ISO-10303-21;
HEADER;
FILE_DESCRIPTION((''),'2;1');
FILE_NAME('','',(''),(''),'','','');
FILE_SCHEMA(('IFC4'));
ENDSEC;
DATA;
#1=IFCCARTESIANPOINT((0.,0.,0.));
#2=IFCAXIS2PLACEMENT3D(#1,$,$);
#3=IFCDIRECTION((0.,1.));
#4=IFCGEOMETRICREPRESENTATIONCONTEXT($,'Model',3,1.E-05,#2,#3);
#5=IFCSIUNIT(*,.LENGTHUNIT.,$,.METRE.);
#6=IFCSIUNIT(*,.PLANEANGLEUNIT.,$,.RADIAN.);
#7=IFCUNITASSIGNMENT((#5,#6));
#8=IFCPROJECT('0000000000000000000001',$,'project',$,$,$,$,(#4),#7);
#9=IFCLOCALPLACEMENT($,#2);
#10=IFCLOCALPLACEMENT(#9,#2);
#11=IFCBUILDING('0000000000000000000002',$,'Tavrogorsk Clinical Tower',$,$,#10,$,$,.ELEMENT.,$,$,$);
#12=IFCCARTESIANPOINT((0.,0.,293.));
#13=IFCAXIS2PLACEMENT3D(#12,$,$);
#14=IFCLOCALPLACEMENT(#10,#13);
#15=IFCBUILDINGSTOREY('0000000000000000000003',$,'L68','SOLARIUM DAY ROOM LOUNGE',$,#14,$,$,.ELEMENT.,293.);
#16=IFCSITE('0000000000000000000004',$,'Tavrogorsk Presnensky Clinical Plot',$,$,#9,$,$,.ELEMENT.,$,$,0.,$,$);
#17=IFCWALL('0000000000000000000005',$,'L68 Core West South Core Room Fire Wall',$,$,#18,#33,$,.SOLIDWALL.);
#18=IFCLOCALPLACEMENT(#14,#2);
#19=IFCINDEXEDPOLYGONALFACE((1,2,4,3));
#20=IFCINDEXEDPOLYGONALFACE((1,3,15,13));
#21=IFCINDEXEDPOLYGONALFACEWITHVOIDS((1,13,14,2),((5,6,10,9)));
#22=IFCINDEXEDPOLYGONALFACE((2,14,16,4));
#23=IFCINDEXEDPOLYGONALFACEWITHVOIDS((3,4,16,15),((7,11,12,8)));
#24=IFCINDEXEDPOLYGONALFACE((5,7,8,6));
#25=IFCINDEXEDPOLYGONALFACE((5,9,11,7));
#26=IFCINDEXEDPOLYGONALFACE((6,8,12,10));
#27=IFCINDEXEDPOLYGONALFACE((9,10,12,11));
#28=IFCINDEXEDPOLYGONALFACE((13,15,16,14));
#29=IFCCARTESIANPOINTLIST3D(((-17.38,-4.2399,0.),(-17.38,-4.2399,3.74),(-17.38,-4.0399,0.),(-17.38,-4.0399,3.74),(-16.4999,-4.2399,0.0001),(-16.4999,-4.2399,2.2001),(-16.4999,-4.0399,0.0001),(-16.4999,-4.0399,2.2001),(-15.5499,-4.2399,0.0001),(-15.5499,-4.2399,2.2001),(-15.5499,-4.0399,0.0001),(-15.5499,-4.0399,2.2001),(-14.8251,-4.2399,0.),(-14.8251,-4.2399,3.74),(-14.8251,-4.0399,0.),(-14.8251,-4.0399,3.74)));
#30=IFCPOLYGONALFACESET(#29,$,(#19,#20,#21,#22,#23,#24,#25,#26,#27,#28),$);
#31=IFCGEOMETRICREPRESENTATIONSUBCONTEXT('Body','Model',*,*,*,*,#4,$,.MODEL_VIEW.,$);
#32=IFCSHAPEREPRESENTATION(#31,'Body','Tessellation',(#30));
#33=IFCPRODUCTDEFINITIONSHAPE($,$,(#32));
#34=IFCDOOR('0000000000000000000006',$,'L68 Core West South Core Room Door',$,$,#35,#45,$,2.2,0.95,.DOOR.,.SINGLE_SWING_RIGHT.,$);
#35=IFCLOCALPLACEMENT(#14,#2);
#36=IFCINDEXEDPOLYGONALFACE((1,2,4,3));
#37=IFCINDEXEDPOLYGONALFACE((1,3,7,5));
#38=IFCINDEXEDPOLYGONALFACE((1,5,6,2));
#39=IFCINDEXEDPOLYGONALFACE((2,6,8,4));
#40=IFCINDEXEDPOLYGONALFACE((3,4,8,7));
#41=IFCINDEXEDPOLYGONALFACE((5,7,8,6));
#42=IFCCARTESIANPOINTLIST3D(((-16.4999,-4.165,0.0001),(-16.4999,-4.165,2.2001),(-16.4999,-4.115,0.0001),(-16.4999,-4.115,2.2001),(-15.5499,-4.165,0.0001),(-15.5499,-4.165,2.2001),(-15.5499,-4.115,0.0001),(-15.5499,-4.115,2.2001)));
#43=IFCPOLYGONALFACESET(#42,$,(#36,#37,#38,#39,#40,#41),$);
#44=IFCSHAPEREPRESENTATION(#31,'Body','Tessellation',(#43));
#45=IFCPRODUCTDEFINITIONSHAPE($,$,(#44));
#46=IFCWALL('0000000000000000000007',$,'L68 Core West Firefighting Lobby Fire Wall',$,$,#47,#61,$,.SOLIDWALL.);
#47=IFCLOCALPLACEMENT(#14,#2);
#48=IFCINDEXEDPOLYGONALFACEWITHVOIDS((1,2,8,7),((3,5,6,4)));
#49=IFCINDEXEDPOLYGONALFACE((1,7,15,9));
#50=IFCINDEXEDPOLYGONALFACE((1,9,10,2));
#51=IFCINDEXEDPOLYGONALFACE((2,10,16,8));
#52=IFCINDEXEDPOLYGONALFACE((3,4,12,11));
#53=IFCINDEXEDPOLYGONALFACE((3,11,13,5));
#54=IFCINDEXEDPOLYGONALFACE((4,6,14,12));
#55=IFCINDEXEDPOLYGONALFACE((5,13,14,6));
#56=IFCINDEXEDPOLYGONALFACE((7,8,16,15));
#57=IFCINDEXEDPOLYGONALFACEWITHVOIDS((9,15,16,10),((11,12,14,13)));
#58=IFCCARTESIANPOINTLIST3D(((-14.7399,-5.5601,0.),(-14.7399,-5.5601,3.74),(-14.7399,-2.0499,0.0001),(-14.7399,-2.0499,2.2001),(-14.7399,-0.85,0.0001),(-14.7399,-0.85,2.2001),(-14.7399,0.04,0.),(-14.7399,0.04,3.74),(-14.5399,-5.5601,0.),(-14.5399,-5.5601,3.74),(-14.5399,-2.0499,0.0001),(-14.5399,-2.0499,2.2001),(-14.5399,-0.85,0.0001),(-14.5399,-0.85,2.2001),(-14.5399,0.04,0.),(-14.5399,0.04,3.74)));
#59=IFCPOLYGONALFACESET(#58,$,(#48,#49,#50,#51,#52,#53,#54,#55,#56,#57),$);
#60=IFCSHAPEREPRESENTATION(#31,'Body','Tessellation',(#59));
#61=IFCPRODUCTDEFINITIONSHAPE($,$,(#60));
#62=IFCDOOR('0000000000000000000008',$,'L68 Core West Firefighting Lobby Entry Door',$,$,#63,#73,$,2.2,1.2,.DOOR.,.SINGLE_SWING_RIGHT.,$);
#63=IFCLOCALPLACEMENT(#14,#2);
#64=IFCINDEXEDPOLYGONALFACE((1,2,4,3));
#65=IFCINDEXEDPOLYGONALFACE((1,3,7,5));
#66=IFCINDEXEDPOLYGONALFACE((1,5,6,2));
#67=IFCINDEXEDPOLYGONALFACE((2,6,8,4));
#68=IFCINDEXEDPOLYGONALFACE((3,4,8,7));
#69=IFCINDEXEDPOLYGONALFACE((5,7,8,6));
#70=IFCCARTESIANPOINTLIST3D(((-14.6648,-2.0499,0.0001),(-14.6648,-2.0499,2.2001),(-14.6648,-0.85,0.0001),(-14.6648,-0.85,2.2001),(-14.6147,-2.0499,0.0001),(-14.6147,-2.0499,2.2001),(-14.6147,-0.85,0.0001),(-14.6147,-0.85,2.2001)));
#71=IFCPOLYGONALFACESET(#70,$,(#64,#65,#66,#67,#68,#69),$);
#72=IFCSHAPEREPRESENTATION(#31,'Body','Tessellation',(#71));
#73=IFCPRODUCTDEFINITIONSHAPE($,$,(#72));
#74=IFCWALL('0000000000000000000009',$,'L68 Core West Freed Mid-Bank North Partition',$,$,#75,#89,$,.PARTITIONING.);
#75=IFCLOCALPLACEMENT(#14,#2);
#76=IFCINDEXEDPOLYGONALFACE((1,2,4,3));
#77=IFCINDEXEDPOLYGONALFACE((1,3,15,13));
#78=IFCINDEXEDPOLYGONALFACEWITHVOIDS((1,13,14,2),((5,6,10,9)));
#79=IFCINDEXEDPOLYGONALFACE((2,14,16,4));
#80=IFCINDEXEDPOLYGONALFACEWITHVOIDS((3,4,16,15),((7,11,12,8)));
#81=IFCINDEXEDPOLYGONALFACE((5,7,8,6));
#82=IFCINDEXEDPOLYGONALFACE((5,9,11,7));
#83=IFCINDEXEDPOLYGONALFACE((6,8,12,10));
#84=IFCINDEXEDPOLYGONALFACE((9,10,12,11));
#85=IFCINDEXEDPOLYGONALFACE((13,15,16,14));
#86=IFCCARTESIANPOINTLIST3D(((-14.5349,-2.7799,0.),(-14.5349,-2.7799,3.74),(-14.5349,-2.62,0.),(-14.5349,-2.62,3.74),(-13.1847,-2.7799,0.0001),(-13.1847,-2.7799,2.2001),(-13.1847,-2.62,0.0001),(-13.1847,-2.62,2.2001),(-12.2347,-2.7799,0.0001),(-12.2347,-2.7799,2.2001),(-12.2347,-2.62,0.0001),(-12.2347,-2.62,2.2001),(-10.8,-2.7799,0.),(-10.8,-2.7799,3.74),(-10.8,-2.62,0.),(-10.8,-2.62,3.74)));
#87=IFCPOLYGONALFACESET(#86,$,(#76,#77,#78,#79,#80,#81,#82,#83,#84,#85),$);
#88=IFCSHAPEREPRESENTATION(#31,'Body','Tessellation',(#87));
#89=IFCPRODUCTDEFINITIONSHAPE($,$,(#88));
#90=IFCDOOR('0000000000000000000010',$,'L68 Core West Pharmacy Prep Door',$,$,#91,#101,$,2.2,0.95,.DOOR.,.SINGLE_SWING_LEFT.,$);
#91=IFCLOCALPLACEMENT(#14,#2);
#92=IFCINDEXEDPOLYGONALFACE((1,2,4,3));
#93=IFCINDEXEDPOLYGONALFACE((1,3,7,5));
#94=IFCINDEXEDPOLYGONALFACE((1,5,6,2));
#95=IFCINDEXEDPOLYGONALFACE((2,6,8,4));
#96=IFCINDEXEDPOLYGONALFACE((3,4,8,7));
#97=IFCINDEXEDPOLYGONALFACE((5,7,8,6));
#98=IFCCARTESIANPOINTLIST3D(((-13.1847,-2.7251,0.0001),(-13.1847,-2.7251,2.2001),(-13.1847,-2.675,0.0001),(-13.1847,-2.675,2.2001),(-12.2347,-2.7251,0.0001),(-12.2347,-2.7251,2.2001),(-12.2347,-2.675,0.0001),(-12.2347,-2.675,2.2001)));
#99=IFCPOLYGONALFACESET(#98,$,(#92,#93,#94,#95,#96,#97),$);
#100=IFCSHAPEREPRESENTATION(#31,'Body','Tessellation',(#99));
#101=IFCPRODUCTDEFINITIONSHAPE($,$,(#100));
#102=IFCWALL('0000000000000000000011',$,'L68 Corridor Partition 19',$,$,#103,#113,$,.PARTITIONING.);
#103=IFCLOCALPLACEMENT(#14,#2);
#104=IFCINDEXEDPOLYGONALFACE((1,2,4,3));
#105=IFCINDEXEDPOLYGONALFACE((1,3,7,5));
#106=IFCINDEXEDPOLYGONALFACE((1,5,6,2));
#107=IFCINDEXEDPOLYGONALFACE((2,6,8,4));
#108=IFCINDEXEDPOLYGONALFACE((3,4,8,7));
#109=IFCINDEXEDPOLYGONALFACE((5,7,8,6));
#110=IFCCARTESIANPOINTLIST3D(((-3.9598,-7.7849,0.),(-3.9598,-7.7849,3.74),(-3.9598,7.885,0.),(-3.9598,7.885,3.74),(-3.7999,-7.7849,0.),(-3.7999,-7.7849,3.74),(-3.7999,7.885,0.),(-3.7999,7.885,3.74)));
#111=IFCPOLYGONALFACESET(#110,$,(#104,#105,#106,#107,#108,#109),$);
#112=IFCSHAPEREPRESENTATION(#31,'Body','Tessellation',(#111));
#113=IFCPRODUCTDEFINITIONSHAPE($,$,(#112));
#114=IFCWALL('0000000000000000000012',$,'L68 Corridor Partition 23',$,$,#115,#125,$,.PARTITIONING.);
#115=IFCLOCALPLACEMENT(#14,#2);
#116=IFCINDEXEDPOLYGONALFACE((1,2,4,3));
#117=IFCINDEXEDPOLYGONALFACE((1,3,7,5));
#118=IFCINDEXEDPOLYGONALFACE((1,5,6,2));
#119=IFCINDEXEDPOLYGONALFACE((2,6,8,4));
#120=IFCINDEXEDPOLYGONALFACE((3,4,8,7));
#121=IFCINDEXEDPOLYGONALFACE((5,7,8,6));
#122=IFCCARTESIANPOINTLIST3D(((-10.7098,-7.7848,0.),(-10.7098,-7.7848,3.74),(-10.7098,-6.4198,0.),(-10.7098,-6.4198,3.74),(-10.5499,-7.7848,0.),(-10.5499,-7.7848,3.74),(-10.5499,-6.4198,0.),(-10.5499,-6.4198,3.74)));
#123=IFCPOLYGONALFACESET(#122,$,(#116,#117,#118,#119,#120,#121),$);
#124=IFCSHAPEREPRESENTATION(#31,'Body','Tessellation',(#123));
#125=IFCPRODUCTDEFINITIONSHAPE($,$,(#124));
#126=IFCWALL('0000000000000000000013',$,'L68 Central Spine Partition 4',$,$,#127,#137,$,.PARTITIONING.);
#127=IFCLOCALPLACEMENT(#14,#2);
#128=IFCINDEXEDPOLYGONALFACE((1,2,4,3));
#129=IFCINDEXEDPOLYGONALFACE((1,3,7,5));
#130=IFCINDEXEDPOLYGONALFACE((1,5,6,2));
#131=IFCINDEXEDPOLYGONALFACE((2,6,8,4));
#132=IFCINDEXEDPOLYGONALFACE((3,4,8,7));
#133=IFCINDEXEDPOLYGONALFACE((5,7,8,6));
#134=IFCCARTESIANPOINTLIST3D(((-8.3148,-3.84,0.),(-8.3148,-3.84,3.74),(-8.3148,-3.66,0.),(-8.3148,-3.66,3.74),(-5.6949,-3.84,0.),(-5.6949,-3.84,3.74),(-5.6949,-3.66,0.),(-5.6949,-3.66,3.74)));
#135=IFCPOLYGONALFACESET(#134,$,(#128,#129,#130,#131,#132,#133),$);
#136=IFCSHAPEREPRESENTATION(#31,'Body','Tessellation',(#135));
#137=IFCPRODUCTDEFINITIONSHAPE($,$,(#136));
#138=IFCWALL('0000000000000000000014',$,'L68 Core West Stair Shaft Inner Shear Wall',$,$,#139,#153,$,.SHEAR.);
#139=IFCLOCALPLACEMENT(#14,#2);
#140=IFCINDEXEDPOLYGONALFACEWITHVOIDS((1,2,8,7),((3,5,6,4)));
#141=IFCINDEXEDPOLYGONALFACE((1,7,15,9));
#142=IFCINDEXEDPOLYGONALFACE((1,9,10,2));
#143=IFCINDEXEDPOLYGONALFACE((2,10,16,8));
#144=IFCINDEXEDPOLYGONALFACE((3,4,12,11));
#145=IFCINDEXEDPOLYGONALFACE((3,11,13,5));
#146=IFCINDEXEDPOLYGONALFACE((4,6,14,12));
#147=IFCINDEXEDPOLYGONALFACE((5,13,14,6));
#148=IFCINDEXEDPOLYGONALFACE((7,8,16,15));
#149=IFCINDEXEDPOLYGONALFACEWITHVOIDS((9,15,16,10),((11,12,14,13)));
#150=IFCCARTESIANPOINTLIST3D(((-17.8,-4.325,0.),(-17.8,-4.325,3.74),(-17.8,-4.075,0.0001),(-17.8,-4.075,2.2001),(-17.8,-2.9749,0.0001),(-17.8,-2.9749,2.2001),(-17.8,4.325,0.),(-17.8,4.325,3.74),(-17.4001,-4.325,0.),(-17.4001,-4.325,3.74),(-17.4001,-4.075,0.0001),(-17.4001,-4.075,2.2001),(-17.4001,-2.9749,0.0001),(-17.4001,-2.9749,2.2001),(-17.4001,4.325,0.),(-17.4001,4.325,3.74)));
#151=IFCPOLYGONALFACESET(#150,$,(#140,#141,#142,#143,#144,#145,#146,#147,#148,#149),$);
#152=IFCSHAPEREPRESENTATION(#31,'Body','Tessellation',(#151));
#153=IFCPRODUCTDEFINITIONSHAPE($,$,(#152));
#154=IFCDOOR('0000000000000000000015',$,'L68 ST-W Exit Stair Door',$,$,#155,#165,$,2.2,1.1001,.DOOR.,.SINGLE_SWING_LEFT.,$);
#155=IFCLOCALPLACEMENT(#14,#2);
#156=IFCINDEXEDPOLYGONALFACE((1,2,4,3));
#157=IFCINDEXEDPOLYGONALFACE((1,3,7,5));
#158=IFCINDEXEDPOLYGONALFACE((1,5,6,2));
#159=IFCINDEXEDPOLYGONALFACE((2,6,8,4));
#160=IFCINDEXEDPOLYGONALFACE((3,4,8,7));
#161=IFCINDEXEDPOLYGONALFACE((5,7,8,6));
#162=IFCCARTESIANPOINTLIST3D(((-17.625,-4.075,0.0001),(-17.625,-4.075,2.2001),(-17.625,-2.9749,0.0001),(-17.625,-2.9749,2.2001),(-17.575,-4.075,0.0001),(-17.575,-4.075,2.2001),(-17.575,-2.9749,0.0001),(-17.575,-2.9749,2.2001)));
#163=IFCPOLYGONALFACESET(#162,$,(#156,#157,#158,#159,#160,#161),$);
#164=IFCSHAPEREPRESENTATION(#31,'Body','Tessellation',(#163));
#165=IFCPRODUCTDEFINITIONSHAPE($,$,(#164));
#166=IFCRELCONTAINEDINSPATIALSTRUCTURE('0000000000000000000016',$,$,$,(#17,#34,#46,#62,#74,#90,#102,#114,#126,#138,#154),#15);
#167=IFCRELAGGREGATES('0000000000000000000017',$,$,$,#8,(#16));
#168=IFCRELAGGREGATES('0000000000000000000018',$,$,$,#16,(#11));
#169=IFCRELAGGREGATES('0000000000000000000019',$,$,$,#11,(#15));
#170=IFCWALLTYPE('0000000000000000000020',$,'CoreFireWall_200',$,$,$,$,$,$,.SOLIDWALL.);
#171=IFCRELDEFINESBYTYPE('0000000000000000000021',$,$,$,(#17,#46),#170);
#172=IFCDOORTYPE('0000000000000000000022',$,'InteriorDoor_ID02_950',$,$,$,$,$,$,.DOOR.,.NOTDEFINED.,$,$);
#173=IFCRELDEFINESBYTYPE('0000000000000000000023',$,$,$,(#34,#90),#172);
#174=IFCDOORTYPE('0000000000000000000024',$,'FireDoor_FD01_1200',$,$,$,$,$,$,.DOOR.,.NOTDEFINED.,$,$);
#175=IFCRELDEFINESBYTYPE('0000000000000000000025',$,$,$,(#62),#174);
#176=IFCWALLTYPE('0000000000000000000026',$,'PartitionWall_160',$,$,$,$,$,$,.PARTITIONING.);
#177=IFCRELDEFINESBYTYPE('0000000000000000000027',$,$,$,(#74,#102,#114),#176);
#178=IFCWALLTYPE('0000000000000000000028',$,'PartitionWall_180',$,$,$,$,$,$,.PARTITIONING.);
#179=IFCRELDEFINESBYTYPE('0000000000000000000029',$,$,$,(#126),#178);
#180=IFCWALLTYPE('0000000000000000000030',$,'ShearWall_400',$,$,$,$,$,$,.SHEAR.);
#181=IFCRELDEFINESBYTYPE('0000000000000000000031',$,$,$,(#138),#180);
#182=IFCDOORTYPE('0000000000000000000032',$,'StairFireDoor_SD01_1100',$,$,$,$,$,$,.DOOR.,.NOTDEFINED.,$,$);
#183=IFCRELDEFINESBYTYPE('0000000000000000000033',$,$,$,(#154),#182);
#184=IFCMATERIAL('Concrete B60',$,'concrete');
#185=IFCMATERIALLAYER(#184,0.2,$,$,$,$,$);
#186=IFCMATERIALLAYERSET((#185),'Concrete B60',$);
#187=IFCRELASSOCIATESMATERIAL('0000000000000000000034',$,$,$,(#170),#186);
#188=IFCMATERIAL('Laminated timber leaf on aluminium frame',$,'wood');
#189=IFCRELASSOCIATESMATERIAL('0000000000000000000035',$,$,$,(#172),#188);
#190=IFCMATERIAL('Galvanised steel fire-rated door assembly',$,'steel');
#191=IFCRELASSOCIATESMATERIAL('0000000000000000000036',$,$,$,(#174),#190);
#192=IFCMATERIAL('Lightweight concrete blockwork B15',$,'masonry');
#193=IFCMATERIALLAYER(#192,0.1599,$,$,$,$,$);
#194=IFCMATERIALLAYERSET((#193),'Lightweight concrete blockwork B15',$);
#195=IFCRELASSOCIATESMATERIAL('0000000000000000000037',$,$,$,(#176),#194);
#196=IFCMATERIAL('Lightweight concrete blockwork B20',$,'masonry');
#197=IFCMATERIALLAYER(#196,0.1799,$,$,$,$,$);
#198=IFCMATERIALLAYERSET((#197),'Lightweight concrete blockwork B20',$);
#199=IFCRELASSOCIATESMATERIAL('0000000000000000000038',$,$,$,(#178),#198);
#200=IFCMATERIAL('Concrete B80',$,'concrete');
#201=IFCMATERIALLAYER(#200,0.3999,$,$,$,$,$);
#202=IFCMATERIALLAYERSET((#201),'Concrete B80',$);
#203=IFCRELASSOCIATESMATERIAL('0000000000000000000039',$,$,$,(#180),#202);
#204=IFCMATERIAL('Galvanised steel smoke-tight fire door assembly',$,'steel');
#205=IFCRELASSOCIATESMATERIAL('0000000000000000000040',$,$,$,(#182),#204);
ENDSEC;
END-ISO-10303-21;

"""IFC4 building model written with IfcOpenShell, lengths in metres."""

from ifc_helpers import new_model, si_unit, direction, frame, frame_2d, origin, place, context, subcontext, project, spatial, rectangle, extrude, material, layer, layer_set, type_object, element, fill, save


model = new_model("IFC4")

# Units and contexts
model_context = context("Model", 3, precision=1e-05, world=origin(), true_north=direction((0.0, 1.0)))
body_context = subcontext(model_context, "Body", "Model", "MODEL_VIEW")
ifc_project = project(units=[si_unit("LENGTHUNIT", "METRE"), si_unit("PLANEANGLEUNIT", "RADIAN")], contexts=[model_context])

# Site, building, storey
site_placement = place(None, origin())
site = spatial("IfcSite", under=ifc_project, at=site_placement, Name="Tavrogorsk Presnensky Clinical Plot", CompositionType="ELEMENT", RefElevation=0.0)
building_placement = place(site_placement, origin())
building = spatial("IfcBuilding", under=site, at=building_placement, Name="Tavrogorsk Clinical Tower", CompositionType="ELEMENT")
storey_placement = place(building_placement, frame((0.0, 0.0, 293.0)))
storey = spatial("IfcBuildingStorey", under=building, at=storey_placement, Name="L68", Description="SOLARIUM DAY ROOM LOUNGE", CompositionType="ELEMENT", Elevation=293.0)

# Walls, openings, doors
ifc_material_1 = material(Name="Concrete B60", Category="concrete")
ifc_layer_1 = layer(ifc_material_1, 0.2)
ifc_layer_set_1 = layer_set([ifc_layer_1], Name="Concrete B60")
wall_type_1 = type_object("IfcWallType", Name="CoreFireWall_200", PredefinedType="SOLIDWALL", material=ifc_layer_set_1)
wall_1_placement = place(storey_placement, frame((-17.3799, -4.1399, 0.0), z_axis=(0.0, 0.0, 1.0), x_axis=(1.0, 0.0, 0.0)))
wall_1 = element("IfcWall", 1, at=wall_1_placement, inside=storey, type_object=wall_type_1, Name="L68 Core West South Core Room Fire Wall", PredefinedType="SOLIDWALL", context=body_context, shape_type="SweptSolid", body=[
    extrude(rectangle(XDim=2.5549, YDim=0.2, at=frame_2d((1.2773, 0.0))), origin(), (0.0, 0.0, 1.0), 3.74),
])
opening_1_placement = place(wall_1_placement, frame((0.8799, 0.0, 0.0)))
opening_1 = element("IfcOpeningElement", 2, at=opening_1_placement, cuts=wall_1, PredefinedType="OPENING", context=body_context, shape_type="SweptSolid", body=[
    extrude(rectangle(XDim=0.95, YDim=2.2, at=frame_2d((0.4751, 1.1001))), frame((0.0, 0.1099, 0.0), z_axis=(0.0, -1.0, 0.0), x_axis=(1.0, 0.0, 0.0)), (0.0, 0.0, 1.0), 0.22),
])
ifc_material_2 = material(Name="Laminated timber leaf on aluminium frame", Category="wood")
door_type_1 = type_object("IfcDoorType", Name="InteriorDoor_ID02_950", OperationType="NOTDEFINED", PredefinedType="DOOR", material=ifc_material_2)
door_1_placement = place(opening_1_placement, origin())
door_1 = element("IfcDoor", 3, at=door_1_placement, inside=storey, type_object=door_type_1, Name="L68 Core West South Core Room Door", OperationType="SINGLE_SWING_RIGHT", OverallHeight=2.2, OverallWidth=0.95, PredefinedType="DOOR", context=body_context, shape_type="SweptSolid", body=[
    extrude(rectangle(XDim=0.95, YDim=2.2, at=frame_2d((0.4751, 1.1001))), frame((0.0, 0.0249, 0.0), z_axis=(0.0, -1.0, 0.0), x_axis=(1.0, 0.0, 0.0)), (0.0, 0.0, 1.0), 0.05),
])
fill(opening_1, door_1)
wall_2_placement = place(storey_placement, frame((-14.6399, -5.5601, 0.0), z_axis=(0.0, 0.0, 1.0), x_axis=(0.0, 1.0, 0.0)))
wall_2 = element("IfcWall", 4, at=wall_2_placement, inside=storey, type_object=wall_type_1, Name="L68 Core West Firefighting Lobby Fire Wall", PredefinedType="SOLIDWALL", context=body_context, shape_type="SweptSolid", body=[
    extrude(rectangle(XDim=5.6001, YDim=0.2, at=frame_2d((2.8, 0.0))), origin(), (0.0, 0.0, 1.0), 3.74),
])
opening_2_placement = place(wall_2_placement, frame((3.51, 0.0, 0.0)))
opening_2 = element("IfcOpeningElement", 5, at=opening_2_placement, cuts=wall_2, PredefinedType="OPENING", context=body_context, shape_type="SweptSolid", body=[
    extrude(rectangle(XDim=1.2, YDim=2.2, at=frame_2d((0.6001, 1.1001))), frame((0.0, 0.1099, 0.0), z_axis=(0.0, -1.0, 0.0), x_axis=(1.0, 0.0, 0.0)), (0.0, 0.0, 1.0), 0.22),
])
ifc_material_3 = material(Name="Galvanised steel fire-rated door assembly", Category="steel")
door_type_2 = type_object("IfcDoorType", Name="FireDoor_FD01_1200", OperationType="NOTDEFINED", PredefinedType="DOOR", material=ifc_material_3)
door_2_placement = place(opening_2_placement, origin())
door_2 = element("IfcDoor", 6, at=door_2_placement, inside=storey, type_object=door_type_2, Name="L68 Core West Firefighting Lobby Entry Door", OperationType="SINGLE_SWING_RIGHT", OverallHeight=2.2, OverallWidth=1.2, PredefinedType="DOOR", context=body_context, shape_type="SweptSolid", body=[
    extrude(rectangle(XDim=1.2, YDim=2.2, at=frame_2d((0.6001, 1.1001))), frame((0.0, 0.0249, 0.0), z_axis=(0.0, -1.0, 0.0), x_axis=(1.0, 0.0, 0.0)), (0.0, 0.0, 1.0), 0.05),
])
fill(opening_2, door_2)
ifc_material_4 = material(Name="Lightweight concrete blockwork B15", Category="masonry")
ifc_layer_2 = layer(ifc_material_4, 0.1599)
ifc_layer_set_2 = layer_set([ifc_layer_2], Name="Lightweight concrete blockwork B15")
wall_type_2 = type_object("IfcWallType", Name="PartitionWall_160", PredefinedType="PARTITIONING", material=ifc_layer_set_2)
wall_3_placement = place(storey_placement, frame((-14.5349, -2.7, 0.0), z_axis=(0.0, 0.0, 1.0), x_axis=(1.0, 0.0, 0.0)))
wall_3 = element("IfcWall", 7, at=wall_3_placement, inside=storey, type_object=wall_type_2, Name="L68 Core West Freed Mid-Bank North Partition", PredefinedType="PARTITIONING", context=body_context, shape_type="SweptSolid", body=[
    extrude(rectangle(XDim=3.7349, YDim=0.1599, at=frame_2d((1.8674, 0.0))), origin(), (0.0, 0.0, 1.0), 3.74),
])
opening_3_placement = place(wall_3_placement, frame((1.3501, 0.0, 0.0)))
opening_3 = element("IfcOpeningElement", 8, at=opening_3_placement, cuts=wall_3, PredefinedType="OPENING", context=body_context, shape_type="SweptSolid", body=[
    extrude(rectangle(XDim=0.95, YDim=2.2, at=frame_2d((0.4751, 1.1001))), frame((0.0, 0.0898, 0.0), z_axis=(0.0, -1.0, 0.0), x_axis=(1.0, 0.0, 0.0)), (0.0, 0.0, 1.0), 0.1799),
])
door_3_placement = place(opening_3_placement, origin())
door_3 = element("IfcDoor", 9, at=door_3_placement, inside=storey, type_object=door_type_1, Name="L68 Core West Pharmacy Prep Door", OperationType="SINGLE_SWING_LEFT", OverallHeight=2.2, OverallWidth=0.95, PredefinedType="DOOR", context=body_context, shape_type="SweptSolid", body=[
    extrude(rectangle(XDim=0.95, YDim=2.2, at=frame_2d((0.4751, 1.1001))), frame((0.0, 0.0249, 0.0), z_axis=(0.0, -1.0, 0.0), x_axis=(1.0, 0.0, 0.0)), (0.0, 0.0, 1.0), 0.05),
])
fill(opening_3, door_3)

# Walls
wall_4_placement = place(storey_placement, frame((-3.8799, -7.7849, 0.0), z_axis=(0.0, 0.0, 1.0), x_axis=(0.0, 1.0, 0.0)))
element("IfcWall", 10, at=wall_4_placement, inside=storey, type_object=wall_type_2, Name="L68 Corridor Partition 19", PredefinedType="PARTITIONING", context=body_context, shape_type="SweptSolid", body=[
    extrude(rectangle(XDim=15.6699, YDim=0.1599, at=frame_2d((7.835, 0.0))), origin(), (0.0, 0.0, 1.0), 3.74),
])
wall_5_placement = place(storey_placement, frame((-10.6299, -7.7849, 0.0), z_axis=(0.0, 0.0, 1.0), x_axis=(0.0, 1.0, 0.0)))
element("IfcWall", 11, at=wall_5_placement, inside=storey, type_object=wall_type_2, Name="L68 Corridor Partition 23", PredefinedType="PARTITIONING", context=body_context, shape_type="SweptSolid", body=[
    extrude(rectangle(XDim=1.365, YDim=0.1599, at=frame_2d((0.6826, 0.0))), origin(), (0.0, 0.0, 1.0), 3.74),
])
ifc_material_5 = material(Name="Lightweight concrete blockwork B20", Category="masonry")
ifc_layer_3 = layer(ifc_material_5, 0.1799)
ifc_layer_set_3 = layer_set([ifc_layer_3], Name="Lightweight concrete blockwork B20")
wall_type_3 = type_object("IfcWallType", Name="PartitionWall_180", PredefinedType="PARTITIONING", material=ifc_layer_set_3)
wall_6_placement = place(storey_placement, frame((-8.3149, -3.75, 0.0), z_axis=(0.0, 0.0, 1.0), x_axis=(1.0, 0.0, 0.0)))
element("IfcWall", 12, at=wall_6_placement, inside=storey, type_object=wall_type_3, Name="L68 Central Spine Partition 4", PredefinedType="PARTITIONING", context=body_context, shape_type="SweptSolid", body=[
    extrude(rectangle(XDim=2.6199, YDim=0.1799, at=frame_2d((1.3101, 0.0))), origin(), (0.0, 0.0, 1.0), 3.74),
])

# Wall, opening, door
ifc_material_6 = material(Name="Concrete B80", Category="concrete")
ifc_layer_4 = layer(ifc_material_6, 0.3999)
ifc_layer_set_4 = layer_set([ifc_layer_4], Name="Concrete B80")
wall_type_4 = type_object("IfcWallType", Name="ShearWall_400", PredefinedType="SHEAR", material=ifc_layer_set_4)
wall_7_placement = place(storey_placement, frame((-17.6001, -4.325, 0.0), z_axis=(0.0, 0.0, 1.0), x_axis=(0.0, 1.0, 0.0)))
wall_7 = element("IfcWall", 13, at=wall_7_placement, inside=storey, type_object=wall_type_4, Name="L68 Core West Stair Shaft Inner Shear Wall", PredefinedType="SHEAR", context=body_context, shape_type="SweptSolid", body=[
    extrude(rectangle(XDim=8.6499, YDim=0.3999, at=frame_2d((4.325, 0.0))), origin(), (0.0, 0.0, 1.0), 3.74),
])
opening_4_placement = place(wall_7_placement, frame((0.25, 0.0, 0.0)))
opening_4 = element("IfcOpeningElement", 14, at=opening_4_placement, cuts=wall_7, PredefinedType="OPENING", context=body_context, shape_type="SweptSolid", body=[
    extrude(rectangle(XDim=1.1001, YDim=2.2, at=frame_2d((0.55, 1.1001))), frame((0.0, 0.21, 0.0), z_axis=(0.0, -1.0, 0.0), x_axis=(1.0, 0.0, 0.0)), (0.0, 0.0, 1.0), 0.4199),
])
ifc_material_7 = material(Name="Galvanised steel smoke-tight fire door assembly", Category="steel")
door_type_3 = type_object("IfcDoorType", Name="StairFireDoor_SD01_1100", OperationType="NOTDEFINED", PredefinedType="DOOR", material=ifc_material_7)
door_4_placement = place(opening_4_placement, origin())
door_4 = element("IfcDoor", 15, at=door_4_placement, inside=storey, type_object=door_type_3, Name="L68 ST-W Exit Stair Door", OperationType="SINGLE_SWING_LEFT", OverallHeight=2.2, OverallWidth=1.1001, PredefinedType="DOOR", context=body_context, shape_type="SweptSolid", body=[
    extrude(rectangle(XDim=1.1001, YDim=2.2, at=frame_2d((0.55, 1.1001))), frame((0.0, 0.0249, 0.0), z_axis=(0.0, -1.0, 0.0), x_axis=(1.0, 0.0, 0.0)), (0.0, 0.0, 1.0), 0.05),
])
fill(opening_4, door_4)

save(model, "model.ifc")
